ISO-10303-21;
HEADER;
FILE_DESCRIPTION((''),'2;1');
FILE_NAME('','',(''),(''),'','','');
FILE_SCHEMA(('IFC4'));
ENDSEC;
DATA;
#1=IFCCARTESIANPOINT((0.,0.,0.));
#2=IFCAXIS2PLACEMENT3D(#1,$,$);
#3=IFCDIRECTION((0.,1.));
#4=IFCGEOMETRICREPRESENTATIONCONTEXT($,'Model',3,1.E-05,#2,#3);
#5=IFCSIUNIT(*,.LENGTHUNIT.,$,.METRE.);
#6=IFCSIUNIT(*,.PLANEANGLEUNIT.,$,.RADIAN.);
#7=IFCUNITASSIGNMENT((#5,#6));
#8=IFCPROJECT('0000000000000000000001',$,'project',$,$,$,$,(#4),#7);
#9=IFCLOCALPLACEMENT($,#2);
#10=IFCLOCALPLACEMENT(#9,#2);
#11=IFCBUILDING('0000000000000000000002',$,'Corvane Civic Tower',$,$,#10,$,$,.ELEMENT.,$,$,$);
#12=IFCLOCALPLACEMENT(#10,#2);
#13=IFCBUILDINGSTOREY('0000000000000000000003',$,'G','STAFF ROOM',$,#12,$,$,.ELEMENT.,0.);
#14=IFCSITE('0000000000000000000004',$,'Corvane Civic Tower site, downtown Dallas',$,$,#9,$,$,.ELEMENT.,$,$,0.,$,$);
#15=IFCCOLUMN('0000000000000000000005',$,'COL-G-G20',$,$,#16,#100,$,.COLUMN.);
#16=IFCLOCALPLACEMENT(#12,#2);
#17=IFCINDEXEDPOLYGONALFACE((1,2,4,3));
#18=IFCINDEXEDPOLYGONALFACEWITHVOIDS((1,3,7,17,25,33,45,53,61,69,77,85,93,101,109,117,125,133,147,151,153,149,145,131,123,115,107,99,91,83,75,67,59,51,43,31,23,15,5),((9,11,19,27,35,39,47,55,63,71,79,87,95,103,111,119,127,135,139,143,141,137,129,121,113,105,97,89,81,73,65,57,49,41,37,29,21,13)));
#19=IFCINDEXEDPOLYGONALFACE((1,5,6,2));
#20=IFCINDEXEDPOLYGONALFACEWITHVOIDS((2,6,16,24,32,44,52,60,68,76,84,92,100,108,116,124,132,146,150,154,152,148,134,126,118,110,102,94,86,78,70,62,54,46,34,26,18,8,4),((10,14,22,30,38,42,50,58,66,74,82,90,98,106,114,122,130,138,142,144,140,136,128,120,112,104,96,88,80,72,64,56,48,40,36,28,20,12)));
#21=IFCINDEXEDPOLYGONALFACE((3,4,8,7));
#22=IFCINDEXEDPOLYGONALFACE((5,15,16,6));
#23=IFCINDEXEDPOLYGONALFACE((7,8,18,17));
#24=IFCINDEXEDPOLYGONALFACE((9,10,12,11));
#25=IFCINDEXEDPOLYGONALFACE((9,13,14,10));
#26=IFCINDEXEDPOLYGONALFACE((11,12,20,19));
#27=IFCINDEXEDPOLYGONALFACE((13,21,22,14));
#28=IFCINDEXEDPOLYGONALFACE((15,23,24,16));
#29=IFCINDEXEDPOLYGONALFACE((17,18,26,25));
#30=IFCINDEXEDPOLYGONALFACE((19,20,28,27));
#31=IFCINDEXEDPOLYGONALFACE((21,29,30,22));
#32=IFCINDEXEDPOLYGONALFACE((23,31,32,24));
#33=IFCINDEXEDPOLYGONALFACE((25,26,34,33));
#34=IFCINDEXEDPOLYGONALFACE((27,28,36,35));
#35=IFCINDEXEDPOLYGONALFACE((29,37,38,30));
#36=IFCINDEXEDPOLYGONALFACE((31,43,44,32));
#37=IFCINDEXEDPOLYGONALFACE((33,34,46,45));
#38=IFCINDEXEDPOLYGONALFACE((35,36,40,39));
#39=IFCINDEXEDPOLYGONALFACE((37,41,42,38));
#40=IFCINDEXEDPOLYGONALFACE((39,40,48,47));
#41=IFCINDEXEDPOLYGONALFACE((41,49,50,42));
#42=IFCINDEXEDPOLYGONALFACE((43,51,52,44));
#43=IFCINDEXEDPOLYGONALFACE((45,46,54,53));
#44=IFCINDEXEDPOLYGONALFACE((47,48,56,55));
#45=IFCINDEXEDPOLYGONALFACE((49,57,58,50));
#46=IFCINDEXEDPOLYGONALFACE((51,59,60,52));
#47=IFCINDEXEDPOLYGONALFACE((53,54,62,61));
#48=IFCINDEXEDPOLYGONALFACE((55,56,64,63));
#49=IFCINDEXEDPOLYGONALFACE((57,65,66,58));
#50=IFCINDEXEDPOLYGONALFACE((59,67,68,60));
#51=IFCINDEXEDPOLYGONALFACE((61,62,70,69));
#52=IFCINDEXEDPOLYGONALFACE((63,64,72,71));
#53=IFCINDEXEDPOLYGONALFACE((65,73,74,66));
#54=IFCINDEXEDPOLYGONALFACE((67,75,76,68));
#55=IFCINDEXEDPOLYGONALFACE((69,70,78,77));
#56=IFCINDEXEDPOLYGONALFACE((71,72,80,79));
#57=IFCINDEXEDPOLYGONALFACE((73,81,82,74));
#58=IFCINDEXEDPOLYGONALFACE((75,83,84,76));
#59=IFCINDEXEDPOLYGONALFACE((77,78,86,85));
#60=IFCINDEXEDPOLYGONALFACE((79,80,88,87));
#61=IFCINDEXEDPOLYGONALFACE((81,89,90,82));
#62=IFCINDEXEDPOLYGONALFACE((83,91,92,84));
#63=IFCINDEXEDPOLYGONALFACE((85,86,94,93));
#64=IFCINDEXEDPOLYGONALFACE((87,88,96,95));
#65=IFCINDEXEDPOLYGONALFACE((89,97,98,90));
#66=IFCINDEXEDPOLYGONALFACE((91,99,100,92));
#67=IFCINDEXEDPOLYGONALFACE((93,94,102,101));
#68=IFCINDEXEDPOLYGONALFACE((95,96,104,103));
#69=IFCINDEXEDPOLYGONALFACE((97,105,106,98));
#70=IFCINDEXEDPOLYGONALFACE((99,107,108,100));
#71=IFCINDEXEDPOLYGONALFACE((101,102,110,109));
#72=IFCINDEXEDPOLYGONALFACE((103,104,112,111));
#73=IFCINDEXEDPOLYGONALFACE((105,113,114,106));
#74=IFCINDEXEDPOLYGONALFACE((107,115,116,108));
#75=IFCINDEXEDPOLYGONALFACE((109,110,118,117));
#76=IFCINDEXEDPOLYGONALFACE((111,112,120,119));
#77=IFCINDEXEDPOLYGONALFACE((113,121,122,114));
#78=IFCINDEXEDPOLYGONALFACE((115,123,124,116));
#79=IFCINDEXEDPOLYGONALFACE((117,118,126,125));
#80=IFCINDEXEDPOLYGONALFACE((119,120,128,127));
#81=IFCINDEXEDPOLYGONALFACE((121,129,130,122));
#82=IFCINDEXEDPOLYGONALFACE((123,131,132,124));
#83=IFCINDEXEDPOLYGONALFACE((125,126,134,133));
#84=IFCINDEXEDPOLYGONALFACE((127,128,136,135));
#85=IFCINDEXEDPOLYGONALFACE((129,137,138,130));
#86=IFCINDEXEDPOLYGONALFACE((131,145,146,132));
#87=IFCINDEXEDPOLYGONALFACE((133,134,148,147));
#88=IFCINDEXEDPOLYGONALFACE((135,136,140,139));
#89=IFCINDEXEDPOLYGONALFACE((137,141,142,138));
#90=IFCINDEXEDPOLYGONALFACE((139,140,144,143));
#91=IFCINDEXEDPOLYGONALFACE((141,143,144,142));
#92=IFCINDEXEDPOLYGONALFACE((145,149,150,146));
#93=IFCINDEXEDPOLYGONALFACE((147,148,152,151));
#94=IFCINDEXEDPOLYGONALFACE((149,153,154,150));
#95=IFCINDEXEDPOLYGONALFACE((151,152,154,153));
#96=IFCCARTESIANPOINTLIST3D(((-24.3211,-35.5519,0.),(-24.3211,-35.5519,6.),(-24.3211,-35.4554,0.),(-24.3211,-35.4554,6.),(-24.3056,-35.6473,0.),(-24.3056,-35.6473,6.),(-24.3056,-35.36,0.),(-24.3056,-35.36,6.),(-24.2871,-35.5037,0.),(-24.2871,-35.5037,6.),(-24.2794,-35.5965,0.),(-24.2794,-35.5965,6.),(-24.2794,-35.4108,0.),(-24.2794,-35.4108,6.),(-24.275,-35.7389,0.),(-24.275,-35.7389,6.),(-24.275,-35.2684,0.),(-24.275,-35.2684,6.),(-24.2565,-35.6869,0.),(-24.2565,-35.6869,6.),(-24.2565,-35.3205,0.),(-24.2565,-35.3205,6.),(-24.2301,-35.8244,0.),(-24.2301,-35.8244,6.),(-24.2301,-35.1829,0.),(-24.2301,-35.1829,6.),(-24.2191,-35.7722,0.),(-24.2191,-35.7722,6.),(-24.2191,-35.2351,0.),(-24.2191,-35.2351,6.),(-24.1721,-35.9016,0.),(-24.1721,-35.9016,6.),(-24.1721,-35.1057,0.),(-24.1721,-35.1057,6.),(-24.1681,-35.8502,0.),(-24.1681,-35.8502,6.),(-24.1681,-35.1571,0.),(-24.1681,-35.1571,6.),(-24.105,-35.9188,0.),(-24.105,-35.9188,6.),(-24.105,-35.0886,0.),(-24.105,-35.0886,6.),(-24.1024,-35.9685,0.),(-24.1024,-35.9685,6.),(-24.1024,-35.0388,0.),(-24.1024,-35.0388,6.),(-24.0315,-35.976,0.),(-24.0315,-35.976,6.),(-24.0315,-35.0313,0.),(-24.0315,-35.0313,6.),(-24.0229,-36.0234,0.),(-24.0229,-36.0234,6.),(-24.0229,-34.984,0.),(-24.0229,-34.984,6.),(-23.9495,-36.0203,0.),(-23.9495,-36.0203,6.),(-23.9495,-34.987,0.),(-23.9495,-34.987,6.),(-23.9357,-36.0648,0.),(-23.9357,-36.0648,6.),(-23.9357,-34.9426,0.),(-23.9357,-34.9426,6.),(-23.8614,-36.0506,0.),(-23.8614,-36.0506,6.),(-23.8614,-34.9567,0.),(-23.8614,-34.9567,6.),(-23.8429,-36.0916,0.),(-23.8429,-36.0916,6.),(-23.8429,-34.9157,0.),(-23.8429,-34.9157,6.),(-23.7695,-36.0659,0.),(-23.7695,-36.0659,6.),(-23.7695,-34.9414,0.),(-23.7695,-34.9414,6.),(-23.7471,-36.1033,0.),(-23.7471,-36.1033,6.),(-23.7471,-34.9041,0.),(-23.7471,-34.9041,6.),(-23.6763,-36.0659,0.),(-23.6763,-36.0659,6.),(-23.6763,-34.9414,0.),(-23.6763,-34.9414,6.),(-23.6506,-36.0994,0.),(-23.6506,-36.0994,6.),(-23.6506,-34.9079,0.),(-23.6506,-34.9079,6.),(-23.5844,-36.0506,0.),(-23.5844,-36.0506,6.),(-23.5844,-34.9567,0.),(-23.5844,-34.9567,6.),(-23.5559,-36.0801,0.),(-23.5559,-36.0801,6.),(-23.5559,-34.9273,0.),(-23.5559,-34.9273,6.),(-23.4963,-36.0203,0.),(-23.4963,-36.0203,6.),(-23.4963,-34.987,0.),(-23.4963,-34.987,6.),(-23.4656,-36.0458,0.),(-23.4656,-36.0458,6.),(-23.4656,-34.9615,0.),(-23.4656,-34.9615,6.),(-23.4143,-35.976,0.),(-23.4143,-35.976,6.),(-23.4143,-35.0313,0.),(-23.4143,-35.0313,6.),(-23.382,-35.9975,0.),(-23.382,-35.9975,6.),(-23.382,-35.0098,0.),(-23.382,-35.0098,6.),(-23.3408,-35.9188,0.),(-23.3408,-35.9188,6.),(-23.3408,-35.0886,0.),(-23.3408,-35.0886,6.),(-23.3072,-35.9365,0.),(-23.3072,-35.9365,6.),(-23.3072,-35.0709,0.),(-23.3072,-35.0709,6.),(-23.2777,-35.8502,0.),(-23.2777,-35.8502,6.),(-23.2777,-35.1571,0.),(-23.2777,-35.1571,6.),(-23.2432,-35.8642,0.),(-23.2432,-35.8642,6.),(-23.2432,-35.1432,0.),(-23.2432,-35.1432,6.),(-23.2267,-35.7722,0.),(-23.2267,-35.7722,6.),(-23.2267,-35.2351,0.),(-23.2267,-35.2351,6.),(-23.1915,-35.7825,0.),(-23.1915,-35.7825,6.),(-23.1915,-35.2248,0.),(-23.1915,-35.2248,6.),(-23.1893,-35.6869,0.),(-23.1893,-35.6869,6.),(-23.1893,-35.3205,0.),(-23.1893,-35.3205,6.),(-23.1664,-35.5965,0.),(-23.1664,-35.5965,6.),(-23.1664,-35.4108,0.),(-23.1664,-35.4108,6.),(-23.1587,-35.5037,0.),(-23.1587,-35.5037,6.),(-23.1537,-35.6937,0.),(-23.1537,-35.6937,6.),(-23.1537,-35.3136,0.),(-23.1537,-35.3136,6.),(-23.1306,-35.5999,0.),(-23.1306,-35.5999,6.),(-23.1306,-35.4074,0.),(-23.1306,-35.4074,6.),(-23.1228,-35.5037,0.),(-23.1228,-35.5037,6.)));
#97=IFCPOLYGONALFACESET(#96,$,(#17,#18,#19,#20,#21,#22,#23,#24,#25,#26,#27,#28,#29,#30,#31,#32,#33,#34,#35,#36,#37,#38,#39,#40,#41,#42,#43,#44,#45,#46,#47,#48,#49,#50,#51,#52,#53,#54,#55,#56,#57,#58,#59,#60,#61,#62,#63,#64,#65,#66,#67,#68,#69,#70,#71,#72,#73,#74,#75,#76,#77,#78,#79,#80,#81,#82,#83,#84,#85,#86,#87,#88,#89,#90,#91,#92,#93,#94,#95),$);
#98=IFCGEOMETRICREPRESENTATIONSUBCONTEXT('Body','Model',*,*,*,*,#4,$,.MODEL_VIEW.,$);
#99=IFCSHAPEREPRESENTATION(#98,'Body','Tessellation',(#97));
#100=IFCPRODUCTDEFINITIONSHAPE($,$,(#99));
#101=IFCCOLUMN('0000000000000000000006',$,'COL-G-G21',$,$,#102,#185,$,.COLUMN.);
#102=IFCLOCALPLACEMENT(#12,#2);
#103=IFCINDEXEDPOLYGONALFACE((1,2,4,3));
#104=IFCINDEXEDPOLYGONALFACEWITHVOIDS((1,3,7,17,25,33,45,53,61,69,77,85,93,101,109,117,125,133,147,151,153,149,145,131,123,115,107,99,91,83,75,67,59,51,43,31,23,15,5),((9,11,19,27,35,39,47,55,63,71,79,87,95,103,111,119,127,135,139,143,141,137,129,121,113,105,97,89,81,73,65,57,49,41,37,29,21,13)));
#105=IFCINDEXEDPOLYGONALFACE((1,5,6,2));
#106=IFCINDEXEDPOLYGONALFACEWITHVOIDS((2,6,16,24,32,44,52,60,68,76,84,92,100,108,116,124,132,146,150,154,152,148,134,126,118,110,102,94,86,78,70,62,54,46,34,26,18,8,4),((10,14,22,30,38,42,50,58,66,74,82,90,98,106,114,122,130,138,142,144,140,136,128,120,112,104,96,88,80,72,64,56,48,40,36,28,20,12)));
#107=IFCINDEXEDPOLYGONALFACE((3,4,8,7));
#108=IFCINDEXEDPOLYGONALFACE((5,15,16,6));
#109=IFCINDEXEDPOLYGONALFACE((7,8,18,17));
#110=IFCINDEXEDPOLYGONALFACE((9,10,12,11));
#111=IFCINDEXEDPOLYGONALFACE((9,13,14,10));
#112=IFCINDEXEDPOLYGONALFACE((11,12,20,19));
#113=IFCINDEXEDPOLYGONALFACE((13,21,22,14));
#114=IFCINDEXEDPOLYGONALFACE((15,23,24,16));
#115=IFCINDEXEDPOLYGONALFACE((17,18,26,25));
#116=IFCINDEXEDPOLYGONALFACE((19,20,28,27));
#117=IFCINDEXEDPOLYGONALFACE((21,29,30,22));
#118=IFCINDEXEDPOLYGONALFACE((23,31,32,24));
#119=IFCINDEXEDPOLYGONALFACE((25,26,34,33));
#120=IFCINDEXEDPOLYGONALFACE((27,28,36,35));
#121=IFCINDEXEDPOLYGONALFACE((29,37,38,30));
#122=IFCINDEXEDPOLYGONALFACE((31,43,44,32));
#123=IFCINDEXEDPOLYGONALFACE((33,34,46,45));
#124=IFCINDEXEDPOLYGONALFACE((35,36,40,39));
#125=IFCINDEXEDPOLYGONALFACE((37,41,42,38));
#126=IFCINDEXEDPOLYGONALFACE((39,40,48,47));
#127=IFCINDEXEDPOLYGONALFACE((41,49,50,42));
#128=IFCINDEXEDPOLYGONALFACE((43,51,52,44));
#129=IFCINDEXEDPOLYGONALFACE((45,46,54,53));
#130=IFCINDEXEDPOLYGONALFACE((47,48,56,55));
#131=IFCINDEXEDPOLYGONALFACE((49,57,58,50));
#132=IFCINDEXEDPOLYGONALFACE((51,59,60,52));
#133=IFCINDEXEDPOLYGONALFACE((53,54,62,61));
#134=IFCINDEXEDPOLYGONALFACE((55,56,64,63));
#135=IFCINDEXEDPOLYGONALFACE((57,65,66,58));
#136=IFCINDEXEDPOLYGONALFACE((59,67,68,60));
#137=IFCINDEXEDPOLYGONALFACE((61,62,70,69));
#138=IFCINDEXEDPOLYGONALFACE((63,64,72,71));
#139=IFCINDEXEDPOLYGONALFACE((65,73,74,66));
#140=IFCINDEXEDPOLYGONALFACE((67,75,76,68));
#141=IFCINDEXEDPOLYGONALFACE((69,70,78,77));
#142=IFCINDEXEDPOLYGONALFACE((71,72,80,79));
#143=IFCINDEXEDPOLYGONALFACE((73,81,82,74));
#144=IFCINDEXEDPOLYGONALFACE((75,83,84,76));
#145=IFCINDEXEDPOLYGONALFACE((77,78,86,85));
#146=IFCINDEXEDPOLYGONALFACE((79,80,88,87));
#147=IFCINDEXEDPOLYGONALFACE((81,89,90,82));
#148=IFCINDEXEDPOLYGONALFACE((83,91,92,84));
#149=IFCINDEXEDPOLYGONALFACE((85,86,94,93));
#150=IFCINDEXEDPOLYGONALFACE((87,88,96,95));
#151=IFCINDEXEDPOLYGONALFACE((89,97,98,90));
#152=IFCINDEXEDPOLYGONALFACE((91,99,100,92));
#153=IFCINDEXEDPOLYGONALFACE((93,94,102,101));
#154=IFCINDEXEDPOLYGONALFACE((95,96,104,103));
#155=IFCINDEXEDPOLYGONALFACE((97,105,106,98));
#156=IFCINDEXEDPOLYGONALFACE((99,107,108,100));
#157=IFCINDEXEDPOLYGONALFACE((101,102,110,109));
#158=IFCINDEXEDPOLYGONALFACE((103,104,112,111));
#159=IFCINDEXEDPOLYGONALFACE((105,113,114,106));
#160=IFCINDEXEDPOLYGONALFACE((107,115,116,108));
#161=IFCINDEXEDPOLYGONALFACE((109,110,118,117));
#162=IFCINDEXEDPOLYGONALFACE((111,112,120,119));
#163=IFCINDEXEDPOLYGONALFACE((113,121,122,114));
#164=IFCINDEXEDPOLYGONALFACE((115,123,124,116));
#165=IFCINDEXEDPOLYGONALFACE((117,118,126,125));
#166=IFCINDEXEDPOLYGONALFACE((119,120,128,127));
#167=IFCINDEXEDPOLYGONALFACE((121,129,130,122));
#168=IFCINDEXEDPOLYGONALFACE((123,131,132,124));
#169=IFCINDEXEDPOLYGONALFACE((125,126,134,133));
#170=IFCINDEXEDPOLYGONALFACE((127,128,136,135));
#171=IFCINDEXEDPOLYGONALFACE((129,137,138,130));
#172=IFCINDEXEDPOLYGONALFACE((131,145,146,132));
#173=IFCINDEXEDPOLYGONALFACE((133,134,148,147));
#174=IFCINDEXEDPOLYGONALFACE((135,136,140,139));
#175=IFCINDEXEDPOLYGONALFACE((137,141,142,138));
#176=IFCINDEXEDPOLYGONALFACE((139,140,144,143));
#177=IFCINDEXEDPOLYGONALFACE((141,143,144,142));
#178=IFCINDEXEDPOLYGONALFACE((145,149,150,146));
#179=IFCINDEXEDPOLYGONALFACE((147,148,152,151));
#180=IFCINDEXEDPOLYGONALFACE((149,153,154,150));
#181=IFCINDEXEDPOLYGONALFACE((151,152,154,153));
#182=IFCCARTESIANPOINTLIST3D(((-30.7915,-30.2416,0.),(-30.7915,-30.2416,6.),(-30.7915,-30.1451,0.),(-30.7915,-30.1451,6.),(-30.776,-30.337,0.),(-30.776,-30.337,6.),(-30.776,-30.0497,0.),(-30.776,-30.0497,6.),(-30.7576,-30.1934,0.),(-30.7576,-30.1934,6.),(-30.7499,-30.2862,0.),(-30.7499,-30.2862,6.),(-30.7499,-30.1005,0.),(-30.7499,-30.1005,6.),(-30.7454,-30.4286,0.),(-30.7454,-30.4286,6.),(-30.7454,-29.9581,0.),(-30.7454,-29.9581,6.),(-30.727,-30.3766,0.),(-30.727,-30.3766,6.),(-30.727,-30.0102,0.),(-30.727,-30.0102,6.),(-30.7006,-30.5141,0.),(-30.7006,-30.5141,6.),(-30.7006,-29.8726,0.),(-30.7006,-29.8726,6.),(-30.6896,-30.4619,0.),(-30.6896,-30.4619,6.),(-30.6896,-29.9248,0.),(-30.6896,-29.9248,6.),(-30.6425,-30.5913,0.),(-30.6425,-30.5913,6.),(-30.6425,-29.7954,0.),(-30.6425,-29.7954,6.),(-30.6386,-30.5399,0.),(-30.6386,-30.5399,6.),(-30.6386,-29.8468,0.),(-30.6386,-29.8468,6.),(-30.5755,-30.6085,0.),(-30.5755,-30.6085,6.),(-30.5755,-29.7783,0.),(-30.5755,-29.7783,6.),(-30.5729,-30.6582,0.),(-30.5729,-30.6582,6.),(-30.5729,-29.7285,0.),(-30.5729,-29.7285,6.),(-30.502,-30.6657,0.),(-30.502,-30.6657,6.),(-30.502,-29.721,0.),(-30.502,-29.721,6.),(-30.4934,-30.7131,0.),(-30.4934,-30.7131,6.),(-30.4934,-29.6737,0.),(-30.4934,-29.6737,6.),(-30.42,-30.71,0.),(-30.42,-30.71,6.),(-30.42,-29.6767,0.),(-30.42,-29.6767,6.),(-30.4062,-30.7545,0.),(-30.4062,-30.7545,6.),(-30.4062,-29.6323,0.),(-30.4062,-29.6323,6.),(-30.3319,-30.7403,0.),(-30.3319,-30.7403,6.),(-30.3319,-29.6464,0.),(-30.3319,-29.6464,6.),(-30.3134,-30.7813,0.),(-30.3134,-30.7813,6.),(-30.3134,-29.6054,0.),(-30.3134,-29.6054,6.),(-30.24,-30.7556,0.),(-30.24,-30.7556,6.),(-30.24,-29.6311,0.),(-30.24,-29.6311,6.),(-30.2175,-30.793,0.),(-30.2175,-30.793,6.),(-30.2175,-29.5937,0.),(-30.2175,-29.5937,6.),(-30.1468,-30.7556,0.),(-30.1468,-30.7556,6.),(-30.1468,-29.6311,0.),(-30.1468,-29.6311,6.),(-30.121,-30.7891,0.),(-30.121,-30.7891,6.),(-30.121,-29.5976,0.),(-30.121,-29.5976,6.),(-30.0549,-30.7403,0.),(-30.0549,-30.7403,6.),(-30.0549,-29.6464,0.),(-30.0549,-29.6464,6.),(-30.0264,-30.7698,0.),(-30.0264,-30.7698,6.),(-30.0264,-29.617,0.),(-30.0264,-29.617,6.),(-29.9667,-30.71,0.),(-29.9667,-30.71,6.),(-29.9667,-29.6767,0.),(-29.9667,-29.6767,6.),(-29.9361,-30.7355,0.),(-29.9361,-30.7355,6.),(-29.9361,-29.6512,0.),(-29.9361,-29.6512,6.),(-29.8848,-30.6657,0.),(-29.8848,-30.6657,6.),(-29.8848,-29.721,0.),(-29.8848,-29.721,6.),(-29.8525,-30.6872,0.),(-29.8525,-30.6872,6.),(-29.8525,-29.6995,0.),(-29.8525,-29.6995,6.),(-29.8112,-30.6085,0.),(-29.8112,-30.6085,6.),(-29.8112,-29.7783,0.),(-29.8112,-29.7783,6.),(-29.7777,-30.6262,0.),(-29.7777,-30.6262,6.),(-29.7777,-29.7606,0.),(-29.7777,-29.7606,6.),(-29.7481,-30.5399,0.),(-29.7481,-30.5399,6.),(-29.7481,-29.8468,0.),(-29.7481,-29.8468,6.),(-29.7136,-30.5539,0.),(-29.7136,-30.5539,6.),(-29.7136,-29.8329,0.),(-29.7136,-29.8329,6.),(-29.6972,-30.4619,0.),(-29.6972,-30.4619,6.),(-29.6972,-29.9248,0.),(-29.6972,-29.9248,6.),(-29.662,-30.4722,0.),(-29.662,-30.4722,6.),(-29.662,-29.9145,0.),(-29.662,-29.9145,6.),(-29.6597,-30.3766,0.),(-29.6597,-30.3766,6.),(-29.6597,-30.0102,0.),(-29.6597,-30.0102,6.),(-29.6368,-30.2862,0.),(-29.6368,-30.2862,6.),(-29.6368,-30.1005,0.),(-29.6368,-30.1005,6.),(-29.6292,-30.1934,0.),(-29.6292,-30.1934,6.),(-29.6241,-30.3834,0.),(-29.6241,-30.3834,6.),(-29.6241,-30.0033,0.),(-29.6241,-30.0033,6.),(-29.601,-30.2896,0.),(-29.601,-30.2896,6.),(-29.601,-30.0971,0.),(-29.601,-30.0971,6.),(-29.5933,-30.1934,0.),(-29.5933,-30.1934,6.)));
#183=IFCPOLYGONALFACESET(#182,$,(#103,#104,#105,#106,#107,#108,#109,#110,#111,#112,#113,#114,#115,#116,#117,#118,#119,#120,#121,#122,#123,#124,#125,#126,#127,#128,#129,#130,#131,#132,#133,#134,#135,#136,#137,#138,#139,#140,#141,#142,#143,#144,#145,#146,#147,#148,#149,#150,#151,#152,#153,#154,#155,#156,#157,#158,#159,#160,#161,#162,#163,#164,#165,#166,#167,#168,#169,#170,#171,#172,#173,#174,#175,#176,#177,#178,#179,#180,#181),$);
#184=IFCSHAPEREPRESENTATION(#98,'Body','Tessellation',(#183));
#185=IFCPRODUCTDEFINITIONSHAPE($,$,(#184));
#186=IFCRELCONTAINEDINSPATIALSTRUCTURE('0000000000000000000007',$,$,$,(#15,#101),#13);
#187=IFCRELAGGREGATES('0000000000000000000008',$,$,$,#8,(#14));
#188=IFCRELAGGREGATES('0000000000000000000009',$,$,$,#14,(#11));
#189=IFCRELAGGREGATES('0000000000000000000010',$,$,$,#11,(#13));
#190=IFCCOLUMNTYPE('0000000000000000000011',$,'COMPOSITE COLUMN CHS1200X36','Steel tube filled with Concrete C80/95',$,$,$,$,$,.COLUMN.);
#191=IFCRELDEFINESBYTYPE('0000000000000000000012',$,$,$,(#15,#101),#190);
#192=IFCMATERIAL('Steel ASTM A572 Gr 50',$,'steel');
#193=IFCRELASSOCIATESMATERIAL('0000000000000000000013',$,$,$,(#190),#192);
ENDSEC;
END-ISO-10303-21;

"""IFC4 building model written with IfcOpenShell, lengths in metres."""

from ifc_helpers import new_model, si_unit, direction, frame, origin, origin_2d, place, context, subcontext, project, spatial, hollow_circle, extrude, material, material_profile, profile_set, type_object, element, save


model = new_model("IFC4")

# Units and contexts
model_context = context("Model", 3, precision=1e-05, world=origin(), true_north=direction((0.0, 1.0)))
body_context = subcontext(model_context, "Body", "Model", "MODEL_VIEW")
ifc_project = project(units=[si_unit("LENGTHUNIT", "METRE"), si_unit("PLANEANGLEUNIT", "RADIAN")], contexts=[model_context])

# Site, building, storey
site_placement = place(None, origin())
site = spatial("IfcSite", under=ifc_project, at=site_placement, Name="Corvane Civic Tower site, downtown Dallas", CompositionType="ELEMENT", RefElevation=0.0)
building_placement = place(site_placement, origin())
building = spatial("IfcBuilding", under=site, at=building_placement, Name="Corvane Civic Tower", CompositionType="ELEMENT")
storey_placement = place(building_placement, origin())
storey = spatial("IfcBuildingStorey", under=building, at=storey_placement, Name="G", Description="STAFF ROOM", CompositionType="ELEMENT", Elevation=0.0)

# Columns
ifc_material_1 = material(Name="Steel ASTM A572 Gr 50", Category="steel")
ifc_material_profile_1 = material_profile(ifc_material_1, hollow_circle(Radius=0.6001, WallThickness=0.0359, at=origin_2d()), Name="CHS1200X36")
ifc_profile_set_1 = profile_set([ifc_material_profile_1], Name="Steel ASTM A572 Gr 50")
column_type_1 = type_object("IfcColumnType", Name="COMPOSITE COLUMN CHS1200X36", Description="Steel tube filled with Concrete C80/95", PredefinedType="COLUMN", material=ifc_profile_set_1)
for number, where, z_axis, x_axis, name in (
    (1, (-23.7229, -35.5037, 0.0), (0.0, 0.0, 1.0), (1.0, 0.0, 0.0), "COL-G-G20"),
    (2, (-30.1934, -30.1934, 0.0), (0.0, 0.0, 1.0), (1.0, 0.0, 0.0), "COL-G-G21"),
):
    element("IfcColumn", number, at=place(storey_placement, frame(where, z_axis=z_axis, x_axis=x_axis)), inside=storey, type_object=column_type_1, Name=name, PredefinedType="COLUMN", context=body_context, shape_type="SweptSolid", body=[
        extrude(hollow_circle(Radius=0.6001, WallThickness=0.0359, at=origin_2d()), origin(), (0.0, 0.0, 1.0), 6.0),
    ])

save(model, "model.ifc")
